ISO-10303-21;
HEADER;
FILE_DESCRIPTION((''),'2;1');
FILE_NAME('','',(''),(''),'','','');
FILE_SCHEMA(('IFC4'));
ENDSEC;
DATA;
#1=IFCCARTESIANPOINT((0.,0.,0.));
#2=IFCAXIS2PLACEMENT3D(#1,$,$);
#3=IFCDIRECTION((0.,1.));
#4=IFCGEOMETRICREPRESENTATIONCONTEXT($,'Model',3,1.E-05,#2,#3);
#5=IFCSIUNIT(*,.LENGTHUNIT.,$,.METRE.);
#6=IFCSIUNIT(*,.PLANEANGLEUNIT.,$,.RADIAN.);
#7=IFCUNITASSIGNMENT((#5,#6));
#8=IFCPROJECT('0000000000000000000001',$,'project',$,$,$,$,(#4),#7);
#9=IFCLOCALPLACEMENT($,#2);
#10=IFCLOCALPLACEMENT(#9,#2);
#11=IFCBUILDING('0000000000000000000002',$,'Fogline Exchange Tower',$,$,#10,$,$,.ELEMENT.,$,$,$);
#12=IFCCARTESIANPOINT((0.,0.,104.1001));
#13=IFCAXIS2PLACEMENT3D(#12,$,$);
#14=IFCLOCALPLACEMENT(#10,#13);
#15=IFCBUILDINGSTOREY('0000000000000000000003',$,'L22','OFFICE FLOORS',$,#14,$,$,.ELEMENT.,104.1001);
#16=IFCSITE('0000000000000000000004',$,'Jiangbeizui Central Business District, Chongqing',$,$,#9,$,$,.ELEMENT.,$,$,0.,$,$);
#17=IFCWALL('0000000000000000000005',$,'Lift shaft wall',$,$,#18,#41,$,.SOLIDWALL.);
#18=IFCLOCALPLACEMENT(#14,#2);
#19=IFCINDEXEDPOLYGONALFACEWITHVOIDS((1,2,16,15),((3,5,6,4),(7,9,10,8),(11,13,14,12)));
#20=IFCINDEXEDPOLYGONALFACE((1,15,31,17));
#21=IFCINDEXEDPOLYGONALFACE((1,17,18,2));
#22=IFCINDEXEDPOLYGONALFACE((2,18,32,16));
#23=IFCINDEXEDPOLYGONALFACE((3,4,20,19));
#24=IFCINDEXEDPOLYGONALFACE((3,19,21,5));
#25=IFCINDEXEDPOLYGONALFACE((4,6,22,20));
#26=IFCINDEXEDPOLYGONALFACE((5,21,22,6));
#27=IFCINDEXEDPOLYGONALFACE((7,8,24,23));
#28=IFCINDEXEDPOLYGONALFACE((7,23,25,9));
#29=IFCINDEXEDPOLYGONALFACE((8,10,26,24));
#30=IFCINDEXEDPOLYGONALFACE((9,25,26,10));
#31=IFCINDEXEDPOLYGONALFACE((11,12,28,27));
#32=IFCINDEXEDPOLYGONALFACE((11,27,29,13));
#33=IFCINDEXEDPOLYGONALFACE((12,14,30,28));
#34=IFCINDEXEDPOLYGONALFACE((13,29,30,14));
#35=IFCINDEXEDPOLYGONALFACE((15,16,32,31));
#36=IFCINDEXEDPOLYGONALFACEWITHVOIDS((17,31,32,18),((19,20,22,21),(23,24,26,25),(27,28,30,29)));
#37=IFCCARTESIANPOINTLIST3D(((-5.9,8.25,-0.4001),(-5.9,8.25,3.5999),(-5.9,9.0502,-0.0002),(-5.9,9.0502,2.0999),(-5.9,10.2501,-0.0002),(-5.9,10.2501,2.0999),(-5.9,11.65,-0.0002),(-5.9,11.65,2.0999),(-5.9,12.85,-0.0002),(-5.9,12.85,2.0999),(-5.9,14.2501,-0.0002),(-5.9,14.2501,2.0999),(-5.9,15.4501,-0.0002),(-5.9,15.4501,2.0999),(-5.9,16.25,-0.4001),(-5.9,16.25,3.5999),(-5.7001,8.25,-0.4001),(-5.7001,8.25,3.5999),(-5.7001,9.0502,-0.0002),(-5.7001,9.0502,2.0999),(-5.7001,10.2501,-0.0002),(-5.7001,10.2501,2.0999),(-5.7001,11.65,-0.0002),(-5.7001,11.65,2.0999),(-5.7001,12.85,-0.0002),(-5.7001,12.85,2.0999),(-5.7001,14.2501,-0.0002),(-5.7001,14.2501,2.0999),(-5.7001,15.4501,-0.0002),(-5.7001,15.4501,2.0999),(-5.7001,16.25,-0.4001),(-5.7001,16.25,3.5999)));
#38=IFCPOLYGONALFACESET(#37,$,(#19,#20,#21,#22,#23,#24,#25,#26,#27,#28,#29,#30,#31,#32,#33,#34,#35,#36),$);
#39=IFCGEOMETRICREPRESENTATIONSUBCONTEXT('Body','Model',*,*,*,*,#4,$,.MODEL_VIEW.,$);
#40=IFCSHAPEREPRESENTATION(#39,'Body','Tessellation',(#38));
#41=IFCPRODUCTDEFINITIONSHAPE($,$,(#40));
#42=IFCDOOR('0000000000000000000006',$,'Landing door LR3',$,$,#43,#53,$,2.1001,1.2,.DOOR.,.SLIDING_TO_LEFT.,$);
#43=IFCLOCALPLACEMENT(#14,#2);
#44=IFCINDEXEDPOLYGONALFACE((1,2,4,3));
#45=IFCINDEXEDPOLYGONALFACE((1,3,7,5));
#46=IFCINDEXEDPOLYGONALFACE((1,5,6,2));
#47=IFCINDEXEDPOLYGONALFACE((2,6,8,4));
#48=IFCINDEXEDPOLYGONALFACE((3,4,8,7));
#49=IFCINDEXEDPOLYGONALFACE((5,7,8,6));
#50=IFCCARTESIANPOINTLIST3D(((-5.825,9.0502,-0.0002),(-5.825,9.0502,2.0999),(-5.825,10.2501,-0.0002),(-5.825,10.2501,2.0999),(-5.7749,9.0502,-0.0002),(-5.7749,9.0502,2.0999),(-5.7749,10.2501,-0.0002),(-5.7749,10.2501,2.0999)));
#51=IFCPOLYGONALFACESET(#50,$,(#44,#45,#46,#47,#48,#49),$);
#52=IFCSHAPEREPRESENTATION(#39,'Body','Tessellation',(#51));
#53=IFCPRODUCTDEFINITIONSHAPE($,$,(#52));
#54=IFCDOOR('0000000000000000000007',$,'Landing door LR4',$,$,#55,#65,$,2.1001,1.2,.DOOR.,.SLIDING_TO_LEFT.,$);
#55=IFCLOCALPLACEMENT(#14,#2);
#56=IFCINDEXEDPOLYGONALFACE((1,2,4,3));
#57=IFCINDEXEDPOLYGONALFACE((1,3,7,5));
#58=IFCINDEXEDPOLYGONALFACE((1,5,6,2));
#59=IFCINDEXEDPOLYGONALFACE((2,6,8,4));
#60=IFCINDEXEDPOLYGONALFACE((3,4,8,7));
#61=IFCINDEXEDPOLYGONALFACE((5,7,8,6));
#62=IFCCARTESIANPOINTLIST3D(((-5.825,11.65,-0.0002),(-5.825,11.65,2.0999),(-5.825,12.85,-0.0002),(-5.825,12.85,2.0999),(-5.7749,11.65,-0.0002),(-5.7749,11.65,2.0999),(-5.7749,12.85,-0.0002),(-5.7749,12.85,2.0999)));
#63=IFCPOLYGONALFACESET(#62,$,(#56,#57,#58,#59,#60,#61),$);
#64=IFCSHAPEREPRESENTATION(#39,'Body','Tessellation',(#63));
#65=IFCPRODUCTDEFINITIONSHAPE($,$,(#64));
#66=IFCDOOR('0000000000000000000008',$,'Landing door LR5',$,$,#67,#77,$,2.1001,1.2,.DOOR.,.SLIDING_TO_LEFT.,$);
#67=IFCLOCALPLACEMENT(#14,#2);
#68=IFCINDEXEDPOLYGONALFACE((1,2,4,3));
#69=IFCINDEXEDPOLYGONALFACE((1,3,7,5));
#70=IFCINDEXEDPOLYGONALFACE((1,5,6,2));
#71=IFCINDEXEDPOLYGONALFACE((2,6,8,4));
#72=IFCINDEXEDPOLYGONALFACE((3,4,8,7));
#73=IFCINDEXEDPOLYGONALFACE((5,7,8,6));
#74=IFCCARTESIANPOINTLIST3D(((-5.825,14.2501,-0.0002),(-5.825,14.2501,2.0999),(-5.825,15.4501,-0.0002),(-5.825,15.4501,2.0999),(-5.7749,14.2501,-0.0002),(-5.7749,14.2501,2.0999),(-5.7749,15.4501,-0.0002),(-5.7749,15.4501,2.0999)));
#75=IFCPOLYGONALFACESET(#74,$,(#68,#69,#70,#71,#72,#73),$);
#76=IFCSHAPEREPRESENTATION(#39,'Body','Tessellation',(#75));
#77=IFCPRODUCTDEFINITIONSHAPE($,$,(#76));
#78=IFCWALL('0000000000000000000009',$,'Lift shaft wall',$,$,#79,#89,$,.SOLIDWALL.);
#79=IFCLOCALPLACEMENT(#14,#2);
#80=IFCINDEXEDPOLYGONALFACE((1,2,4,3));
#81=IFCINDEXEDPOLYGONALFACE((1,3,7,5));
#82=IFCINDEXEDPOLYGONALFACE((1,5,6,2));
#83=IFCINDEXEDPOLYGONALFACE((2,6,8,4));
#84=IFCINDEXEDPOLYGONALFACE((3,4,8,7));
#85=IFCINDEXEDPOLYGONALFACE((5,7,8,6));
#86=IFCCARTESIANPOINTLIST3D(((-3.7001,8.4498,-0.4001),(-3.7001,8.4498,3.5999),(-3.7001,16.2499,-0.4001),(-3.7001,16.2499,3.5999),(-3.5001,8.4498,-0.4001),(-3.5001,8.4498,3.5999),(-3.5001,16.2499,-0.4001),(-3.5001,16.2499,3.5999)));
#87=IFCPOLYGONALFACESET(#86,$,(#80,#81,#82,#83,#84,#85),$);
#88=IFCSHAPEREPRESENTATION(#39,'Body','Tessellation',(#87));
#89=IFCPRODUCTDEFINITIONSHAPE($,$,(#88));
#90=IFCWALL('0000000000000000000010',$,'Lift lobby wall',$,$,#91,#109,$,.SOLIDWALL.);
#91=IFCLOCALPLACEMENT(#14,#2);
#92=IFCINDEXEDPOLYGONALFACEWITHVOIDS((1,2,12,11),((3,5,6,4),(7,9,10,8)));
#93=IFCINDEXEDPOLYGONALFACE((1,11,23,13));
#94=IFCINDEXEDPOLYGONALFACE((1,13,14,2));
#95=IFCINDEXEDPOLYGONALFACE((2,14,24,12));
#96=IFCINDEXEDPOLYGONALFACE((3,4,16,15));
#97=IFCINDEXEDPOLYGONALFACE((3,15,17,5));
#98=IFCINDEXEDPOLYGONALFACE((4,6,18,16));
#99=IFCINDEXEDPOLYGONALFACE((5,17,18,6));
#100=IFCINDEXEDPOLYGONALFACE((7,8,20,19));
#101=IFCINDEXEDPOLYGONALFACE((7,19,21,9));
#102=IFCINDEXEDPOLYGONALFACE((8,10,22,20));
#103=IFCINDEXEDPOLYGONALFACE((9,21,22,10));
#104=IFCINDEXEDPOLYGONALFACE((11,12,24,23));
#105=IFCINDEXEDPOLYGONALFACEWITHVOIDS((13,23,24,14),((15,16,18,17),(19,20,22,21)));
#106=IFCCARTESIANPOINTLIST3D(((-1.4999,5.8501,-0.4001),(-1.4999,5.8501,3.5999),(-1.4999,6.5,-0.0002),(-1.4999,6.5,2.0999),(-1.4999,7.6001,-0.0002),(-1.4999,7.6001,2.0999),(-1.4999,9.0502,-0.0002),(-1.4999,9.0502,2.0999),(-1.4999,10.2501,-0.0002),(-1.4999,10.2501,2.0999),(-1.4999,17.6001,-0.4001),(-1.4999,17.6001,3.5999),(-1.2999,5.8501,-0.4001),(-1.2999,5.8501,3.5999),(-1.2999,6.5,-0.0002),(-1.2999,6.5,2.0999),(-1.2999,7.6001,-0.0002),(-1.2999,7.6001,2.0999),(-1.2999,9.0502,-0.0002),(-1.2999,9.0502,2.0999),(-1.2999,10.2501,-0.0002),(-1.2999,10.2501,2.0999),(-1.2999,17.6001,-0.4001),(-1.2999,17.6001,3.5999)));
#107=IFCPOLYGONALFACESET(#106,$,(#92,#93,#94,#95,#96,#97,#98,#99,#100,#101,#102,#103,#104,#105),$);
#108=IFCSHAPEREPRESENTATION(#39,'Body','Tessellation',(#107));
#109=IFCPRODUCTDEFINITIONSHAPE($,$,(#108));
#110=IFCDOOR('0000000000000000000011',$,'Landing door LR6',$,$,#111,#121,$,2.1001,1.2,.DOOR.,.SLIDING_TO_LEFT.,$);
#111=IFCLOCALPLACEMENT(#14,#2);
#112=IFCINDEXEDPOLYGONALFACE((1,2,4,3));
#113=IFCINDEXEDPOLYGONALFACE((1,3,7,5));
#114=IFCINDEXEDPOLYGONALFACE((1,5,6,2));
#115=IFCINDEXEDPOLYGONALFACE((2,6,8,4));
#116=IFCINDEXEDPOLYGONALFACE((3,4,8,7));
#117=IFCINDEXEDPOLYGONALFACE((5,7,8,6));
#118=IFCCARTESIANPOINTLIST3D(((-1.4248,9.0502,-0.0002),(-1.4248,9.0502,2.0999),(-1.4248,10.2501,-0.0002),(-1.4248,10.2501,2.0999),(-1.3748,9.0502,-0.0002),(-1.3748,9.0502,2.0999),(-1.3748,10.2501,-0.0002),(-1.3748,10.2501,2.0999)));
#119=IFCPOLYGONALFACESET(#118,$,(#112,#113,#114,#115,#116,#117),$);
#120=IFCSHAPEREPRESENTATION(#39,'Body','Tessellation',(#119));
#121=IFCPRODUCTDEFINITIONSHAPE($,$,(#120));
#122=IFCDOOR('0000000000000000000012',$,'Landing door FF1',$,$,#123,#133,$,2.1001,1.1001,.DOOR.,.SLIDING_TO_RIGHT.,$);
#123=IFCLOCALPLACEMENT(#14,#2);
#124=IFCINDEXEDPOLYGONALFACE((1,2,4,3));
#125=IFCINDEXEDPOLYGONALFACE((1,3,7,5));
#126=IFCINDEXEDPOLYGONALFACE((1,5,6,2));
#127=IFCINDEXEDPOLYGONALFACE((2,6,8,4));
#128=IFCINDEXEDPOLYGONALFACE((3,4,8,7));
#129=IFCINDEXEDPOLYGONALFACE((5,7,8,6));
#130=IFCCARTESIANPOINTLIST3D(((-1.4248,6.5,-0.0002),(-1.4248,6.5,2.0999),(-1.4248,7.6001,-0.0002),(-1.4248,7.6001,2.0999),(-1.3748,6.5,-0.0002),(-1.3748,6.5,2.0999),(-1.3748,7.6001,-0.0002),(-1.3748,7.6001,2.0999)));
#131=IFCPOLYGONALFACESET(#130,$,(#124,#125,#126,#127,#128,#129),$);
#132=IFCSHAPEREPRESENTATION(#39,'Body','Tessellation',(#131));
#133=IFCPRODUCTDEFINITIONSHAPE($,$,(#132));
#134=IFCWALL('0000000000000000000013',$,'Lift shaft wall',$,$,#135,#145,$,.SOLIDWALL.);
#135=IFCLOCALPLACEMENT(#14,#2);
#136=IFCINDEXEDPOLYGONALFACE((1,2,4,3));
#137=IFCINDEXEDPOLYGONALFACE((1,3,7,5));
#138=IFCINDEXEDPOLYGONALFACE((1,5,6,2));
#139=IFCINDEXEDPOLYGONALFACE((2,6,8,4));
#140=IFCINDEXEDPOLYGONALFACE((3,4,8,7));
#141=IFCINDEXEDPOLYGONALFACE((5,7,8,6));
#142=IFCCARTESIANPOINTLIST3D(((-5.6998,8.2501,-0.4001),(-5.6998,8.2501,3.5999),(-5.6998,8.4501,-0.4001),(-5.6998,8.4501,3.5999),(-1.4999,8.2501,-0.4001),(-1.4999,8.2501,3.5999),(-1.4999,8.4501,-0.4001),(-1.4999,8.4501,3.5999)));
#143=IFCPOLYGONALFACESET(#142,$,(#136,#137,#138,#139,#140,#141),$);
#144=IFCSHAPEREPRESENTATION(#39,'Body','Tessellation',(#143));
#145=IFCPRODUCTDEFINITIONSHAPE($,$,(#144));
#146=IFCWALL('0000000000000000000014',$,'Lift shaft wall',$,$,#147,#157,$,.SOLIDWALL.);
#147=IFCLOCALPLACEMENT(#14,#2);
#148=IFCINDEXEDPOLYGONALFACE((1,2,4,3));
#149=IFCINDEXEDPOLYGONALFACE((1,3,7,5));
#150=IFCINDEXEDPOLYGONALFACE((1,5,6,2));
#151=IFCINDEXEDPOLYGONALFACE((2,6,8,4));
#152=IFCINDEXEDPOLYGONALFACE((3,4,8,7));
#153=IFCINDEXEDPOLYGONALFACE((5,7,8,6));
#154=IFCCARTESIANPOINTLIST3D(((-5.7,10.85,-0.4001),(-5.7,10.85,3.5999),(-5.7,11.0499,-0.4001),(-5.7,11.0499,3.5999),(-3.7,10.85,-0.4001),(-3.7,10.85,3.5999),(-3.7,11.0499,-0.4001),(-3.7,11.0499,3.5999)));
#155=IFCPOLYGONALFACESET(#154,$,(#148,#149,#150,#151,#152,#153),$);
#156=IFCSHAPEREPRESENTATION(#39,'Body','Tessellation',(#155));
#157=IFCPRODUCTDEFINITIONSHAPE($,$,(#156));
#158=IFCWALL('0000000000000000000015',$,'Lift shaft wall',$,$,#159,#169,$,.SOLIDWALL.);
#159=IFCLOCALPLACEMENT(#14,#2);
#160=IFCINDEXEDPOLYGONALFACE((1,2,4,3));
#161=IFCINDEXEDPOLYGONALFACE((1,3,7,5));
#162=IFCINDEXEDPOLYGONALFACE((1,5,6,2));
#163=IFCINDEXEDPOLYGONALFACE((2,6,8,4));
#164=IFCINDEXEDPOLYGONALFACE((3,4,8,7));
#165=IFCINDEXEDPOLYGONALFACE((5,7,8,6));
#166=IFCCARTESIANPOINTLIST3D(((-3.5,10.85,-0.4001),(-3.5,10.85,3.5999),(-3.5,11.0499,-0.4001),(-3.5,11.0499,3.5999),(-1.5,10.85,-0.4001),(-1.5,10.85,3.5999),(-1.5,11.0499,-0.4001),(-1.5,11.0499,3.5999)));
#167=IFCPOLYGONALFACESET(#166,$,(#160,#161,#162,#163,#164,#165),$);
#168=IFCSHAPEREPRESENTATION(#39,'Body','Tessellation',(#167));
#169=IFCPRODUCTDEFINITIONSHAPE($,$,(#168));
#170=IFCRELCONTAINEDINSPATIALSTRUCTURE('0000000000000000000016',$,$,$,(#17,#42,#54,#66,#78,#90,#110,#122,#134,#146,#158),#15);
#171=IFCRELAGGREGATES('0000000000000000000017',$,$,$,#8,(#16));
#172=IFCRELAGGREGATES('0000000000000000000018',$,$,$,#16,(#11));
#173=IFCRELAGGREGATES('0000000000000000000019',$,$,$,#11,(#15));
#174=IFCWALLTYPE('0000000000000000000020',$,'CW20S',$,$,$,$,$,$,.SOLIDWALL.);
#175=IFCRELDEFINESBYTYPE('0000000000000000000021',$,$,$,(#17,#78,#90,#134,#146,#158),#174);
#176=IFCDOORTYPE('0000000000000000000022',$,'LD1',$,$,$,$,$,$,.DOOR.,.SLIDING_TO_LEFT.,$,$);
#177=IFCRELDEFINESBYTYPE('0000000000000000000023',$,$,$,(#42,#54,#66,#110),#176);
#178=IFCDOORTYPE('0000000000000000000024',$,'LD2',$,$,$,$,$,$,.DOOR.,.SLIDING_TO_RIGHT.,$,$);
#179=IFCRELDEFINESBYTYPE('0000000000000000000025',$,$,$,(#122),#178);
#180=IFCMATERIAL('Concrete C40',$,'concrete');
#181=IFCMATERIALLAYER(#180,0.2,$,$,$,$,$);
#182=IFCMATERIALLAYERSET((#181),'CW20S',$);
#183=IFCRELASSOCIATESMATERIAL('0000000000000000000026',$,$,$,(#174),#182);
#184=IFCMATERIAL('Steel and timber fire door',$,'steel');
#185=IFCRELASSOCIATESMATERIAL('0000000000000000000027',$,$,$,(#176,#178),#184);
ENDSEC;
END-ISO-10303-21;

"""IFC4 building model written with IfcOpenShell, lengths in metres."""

from ifc_helpers import new_model, si_unit, direction, frame, frame_2d, origin, place, context, subcontext, project, spatial, rectangle, extrude, material, layer, layer_set, type_object, element, fill, save


model = new_model("IFC4")

# Units and contexts
model_context = context("Model", 3, precision=1e-05, world=origin(), true_north=direction((0.0, 1.0)))
body_context = subcontext(model_context, "Body", "Model", "MODEL_VIEW")
ifc_project = project(units=[si_unit("LENGTHUNIT", "METRE"), si_unit("PLANEANGLEUNIT", "RADIAN")], contexts=[model_context])

# Site, building, storey
site_placement = place(None, origin())
site = spatial("IfcSite", under=ifc_project, at=site_placement, Name="Jiangbeizui Central Business District, Chongqing", CompositionType="ELEMENT", RefElevation=0.0)
building_placement = place(site_placement, origin())
building = spatial("IfcBuilding", under=site, at=building_placement, Name="Fogline Exchange Tower", CompositionType="ELEMENT")
storey_placement = place(building_placement, frame((0.0, 0.0, 104.1001)))
storey = spatial("IfcBuildingStorey", under=building, at=storey_placement, Name="L22", Description="OFFICE FLOORS", CompositionType="ELEMENT", Elevation=104.1001)

# Shared definitions
ifc_material_1 = material(Name="Steel and timber fire door", Category="steel")

# Shared definitions
ifc_material_2 = material(Name="Concrete C40", Category="concrete")

# Wall, openings, doors
ifc_layer_1 = layer(ifc_material_2, 0.2)
ifc_layer_set_1 = layer_set([ifc_layer_1], Name="CW20S")
wall_type_1 = type_object("IfcWallType", Name="CW20S", PredefinedType="SOLIDWALL", material=ifc_layer_set_1)
wall_1_placement = place(storey_placement, frame((-5.8, 8.25, -0.4001), z_axis=(0.0, 0.0, 1.0), x_axis=(0.0, 1.0, 0.0)))
wall_1 = element("IfcWall", 1, at=wall_1_placement, inside=storey, type_object=wall_type_1, Name="Lift shaft wall", PredefinedType="SOLIDWALL", context=body_context, shape_type="SweptSolid", body=[
    extrude(rectangle(XDim=8.0, YDim=0.2, at=frame_2d((4.0, 0.0))), origin(), (0.0, 0.0, 1.0), 4.0),
])
opening_1_placement = place(wall_1_placement, frame((0.8, 0.0, 0.3999)))
opening_1 = element("IfcOpeningElement", 2, at=opening_1_placement, cuts=wall_1, PredefinedType="OPENING", context=body_context, shape_type="SweptSolid", body=[
    extrude(rectangle(XDim=1.2, YDim=2.1001, at=frame_2d((0.6001, 1.05))), frame((0.0, 0.1099, 0.0), z_axis=(0.0, -1.0, 0.0), x_axis=(1.0, 0.0, 0.0)), (0.0, 0.0, 1.0), 0.22),
])
opening_2_placement = place(wall_1_placement, frame((3.3999, 0.0, 0.3999)))
opening_2 = element("IfcOpeningElement", 3, at=opening_2_placement, cuts=wall_1, PredefinedType="OPENING", context=body_context, shape_type="SweptSolid", body=[
    extrude(rectangle(XDim=1.2, YDim=2.1001, at=frame_2d((0.6001, 1.05))), frame((0.0, 0.1099, 0.0), z_axis=(0.0, -1.0, 0.0), x_axis=(1.0, 0.0, 0.0)), (0.0, 0.0, 1.0), 0.22),
])
opening_3_placement = place(wall_1_placement, frame((6.0, 0.0, 0.3999)))
opening_3 = element("IfcOpeningElement", 4, at=opening_3_placement, cuts=wall_1, PredefinedType="OPENING", context=body_context, shape_type="SweptSolid", body=[
    extrude(rectangle(XDim=1.2, YDim=2.1001, at=frame_2d((0.6001, 1.05))), frame((0.0, 0.1099, 0.0), z_axis=(0.0, -1.0, 0.0), x_axis=(1.0, 0.0, 0.0)), (0.0, 0.0, 1.0), 0.22),
])
door_type_1 = type_object("IfcDoorType", Name="LD1", OperationType="SLIDING_TO_LEFT", PredefinedType="DOOR", material=ifc_material_1)
door_1_placement = place(opening_1_placement, origin())
door_1 = element("IfcDoor", 5, at=door_1_placement, inside=storey, type_object=door_type_1, Name="Landing door LR3", OperationType="SLIDING_TO_LEFT", OverallHeight=2.1001, OverallWidth=1.2, PredefinedType="DOOR", context=body_context, shape_type="SweptSolid", body=[
    extrude(rectangle(XDim=1.2, YDim=2.1001, at=frame_2d((0.6001, 1.05))), frame((0.0, 0.0249, 0.0), z_axis=(0.0, -1.0, 0.0), x_axis=(1.0, 0.0, 0.0)), (0.0, 0.0, 1.0), 0.05),
])
fill(opening_1, door_1)
door_2_placement = place(opening_2_placement, origin())
door_2 = element("IfcDoor", 6, at=door_2_placement, inside=storey, type_object=door_type_1, Name="Landing door LR4", OperationType="SLIDING_TO_LEFT", OverallHeight=2.1001, OverallWidth=1.2, PredefinedType="DOOR", context=body_context, shape_type="SweptSolid", body=[
    extrude(rectangle(XDim=1.2, YDim=2.1001, at=frame_2d((0.6001, 1.05))), frame((0.0, 0.0249, 0.0), z_axis=(0.0, -1.0, 0.0), x_axis=(1.0, 0.0, 0.0)), (0.0, 0.0, 1.0), 0.05),
])
fill(opening_2, door_2)
door_3_placement = place(opening_3_placement, origin())
door_3 = element("IfcDoor", 7, at=door_3_placement, inside=storey, type_object=door_type_1, Name="Landing door LR5", OperationType="SLIDING_TO_LEFT", OverallHeight=2.1001, OverallWidth=1.2, PredefinedType="DOOR", context=body_context, shape_type="SweptSolid", body=[
    extrude(rectangle(XDim=1.2, YDim=2.1001, at=frame_2d((0.6001, 1.05))), frame((0.0, 0.0249, 0.0), z_axis=(0.0, -1.0, 0.0), x_axis=(1.0, 0.0, 0.0)), (0.0, 0.0, 1.0), 0.05),
])
fill(opening_3, door_3)

# Wall
wall_2_placement = place(storey_placement, frame((-3.6001, 8.45, -0.4001), z_axis=(0.0, 0.0, 1.0), x_axis=(0.0, 1.0, 0.0)))
element("IfcWall", 8, at=wall_2_placement, inside=storey, type_object=wall_type_1, Name="Lift shaft wall", PredefinedType="SOLIDWALL", context=body_context, shape_type="SweptSolid", body=[
    extrude(rectangle(XDim=7.8, YDim=0.2, at=frame_2d((3.8999, 0.0))), origin(), (0.0, 0.0, 1.0), 4.0),
])

# Wall, openings, doors
wall_3_placement = place(storey_placement, frame((-1.3999, 5.8501, -0.4001), z_axis=(0.0, 0.0, 1.0), x_axis=(0.0, 1.0, 0.0)))
wall_3 = element("IfcWall", 9, at=wall_3_placement, inside=storey, type_object=wall_type_1, Name="Lift lobby wall", PredefinedType="SOLIDWALL", context=body_context, shape_type="SweptSolid", body=[
    extrude(rectangle(XDim=11.75, YDim=0.2, at=frame_2d((5.875, 0.0))), origin(), (0.0, 0.0, 1.0), 4.0),
])
opening_4_placement = place(wall_3_placement, frame((3.2, 0.0, 0.3999)))
opening_4 = element("IfcOpeningElement", 10, at=opening_4_placement, cuts=wall_3, PredefinedType="OPENING", context=body_context, shape_type="SweptSolid", body=[
    extrude(rectangle(XDim=1.2, YDim=2.1001, at=frame_2d((0.6001, 1.05))), frame((0.0, 0.1099, 0.0), z_axis=(0.0, -1.0, 0.0), x_axis=(1.0, 0.0, 0.0)), (0.0, 0.0, 1.0), 0.22),
])
opening_5_placement = place(wall_3_placement, frame((0.6499, 0.0, 0.3999)))
opening_5 = element("IfcOpeningElement", 11, at=opening_5_placement, cuts=wall_3, PredefinedType="OPENING", context=body_context, shape_type="SweptSolid", body=[
    extrude(rectangle(XDim=1.1001, YDim=2.1001, at=frame_2d((0.55, 1.05))), frame((0.0, 0.1099, 0.0), z_axis=(0.0, -1.0, 0.0), x_axis=(1.0, 0.0, 0.0)), (0.0, 0.0, 1.0), 0.22),
])
door_4_placement = place(opening_4_placement, origin())
door_4 = element("IfcDoor", 12, at=door_4_placement, inside=storey, type_object=door_type_1, Name="Landing door LR6", OperationType="SLIDING_TO_LEFT", OverallHeight=2.1001, OverallWidth=1.2, PredefinedType="DOOR", context=body_context, shape_type="SweptSolid", body=[
    extrude(rectangle(XDim=1.2, YDim=2.1001, at=frame_2d((0.6001, 1.05))), frame((0.0, 0.0249, 0.0), z_axis=(0.0, -1.0, 0.0), x_axis=(1.0, 0.0, 0.0)), (0.0, 0.0, 1.0), 0.05),
])
fill(opening_4, door_4)
door_type_2 = type_object("IfcDoorType", Name="LD2", OperationType="SLIDING_TO_RIGHT", PredefinedType="DOOR", material=ifc_material_1)
door_5_placement = place(opening_5_placement, origin())
door_5 = element("IfcDoor", 13, at=door_5_placement, inside=storey, type_object=door_type_2, Name="Landing door FF1", OperationType="SLIDING_TO_RIGHT", OverallHeight=2.1001, OverallWidth=1.1001, PredefinedType="DOOR", context=body_context, shape_type="SweptSolid", body=[
    extrude(rectangle(XDim=1.1001, YDim=2.1001, at=frame_2d((0.55, 1.05))), frame((0.0, 0.0249, 0.0), z_axis=(0.0, -1.0, 0.0), x_axis=(1.0, 0.0, 0.0)), (0.0, 0.0, 1.0), 0.05),
])
fill(opening_5, door_5)

# Walls
wall_4_placement = place(storey_placement, frame((-5.7, 8.3501, -0.4001), z_axis=(0.0, 0.0, 1.0), x_axis=(1.0, 0.0, 0.0)))
element("IfcWall", 14, at=wall_4_placement, inside=storey, type_object=wall_type_1, Name="Lift shaft wall", PredefinedType="SOLIDWALL", context=body_context, shape_type="SweptSolid", body=[
    extrude(rectangle(XDim=4.2, YDim=0.2, at=frame_2d((2.1001, 0.0))), origin(), (0.0, 0.0, 1.0), 4.0),
])
for number, where, z_axis, x_axis, name in (
    (15, (-5.7, 10.95, -0.4001), (0.0, 0.0, 1.0), (1.0, 0.0, 0.0), "Lift shaft wall"),
    (16, (-3.5, 10.95, -0.4001), (0.0, 0.0, 1.0), (1.0, 0.0, 0.0), "Lift shaft wall"),
):
    element("IfcWall", number, at=place(storey_placement, frame(where, z_axis=z_axis, x_axis=x_axis)), inside=storey, type_object=wall_type_1, Name=name, PredefinedType="SOLIDWALL", context=body_context, shape_type="SweptSolid", body=[
        extrude(rectangle(XDim=2.0, YDim=0.2, at=frame_2d((1.0, 0.0))), origin(), (0.0, 0.0, 1.0), 4.0),
    ])

save(model, "model.ifc")
